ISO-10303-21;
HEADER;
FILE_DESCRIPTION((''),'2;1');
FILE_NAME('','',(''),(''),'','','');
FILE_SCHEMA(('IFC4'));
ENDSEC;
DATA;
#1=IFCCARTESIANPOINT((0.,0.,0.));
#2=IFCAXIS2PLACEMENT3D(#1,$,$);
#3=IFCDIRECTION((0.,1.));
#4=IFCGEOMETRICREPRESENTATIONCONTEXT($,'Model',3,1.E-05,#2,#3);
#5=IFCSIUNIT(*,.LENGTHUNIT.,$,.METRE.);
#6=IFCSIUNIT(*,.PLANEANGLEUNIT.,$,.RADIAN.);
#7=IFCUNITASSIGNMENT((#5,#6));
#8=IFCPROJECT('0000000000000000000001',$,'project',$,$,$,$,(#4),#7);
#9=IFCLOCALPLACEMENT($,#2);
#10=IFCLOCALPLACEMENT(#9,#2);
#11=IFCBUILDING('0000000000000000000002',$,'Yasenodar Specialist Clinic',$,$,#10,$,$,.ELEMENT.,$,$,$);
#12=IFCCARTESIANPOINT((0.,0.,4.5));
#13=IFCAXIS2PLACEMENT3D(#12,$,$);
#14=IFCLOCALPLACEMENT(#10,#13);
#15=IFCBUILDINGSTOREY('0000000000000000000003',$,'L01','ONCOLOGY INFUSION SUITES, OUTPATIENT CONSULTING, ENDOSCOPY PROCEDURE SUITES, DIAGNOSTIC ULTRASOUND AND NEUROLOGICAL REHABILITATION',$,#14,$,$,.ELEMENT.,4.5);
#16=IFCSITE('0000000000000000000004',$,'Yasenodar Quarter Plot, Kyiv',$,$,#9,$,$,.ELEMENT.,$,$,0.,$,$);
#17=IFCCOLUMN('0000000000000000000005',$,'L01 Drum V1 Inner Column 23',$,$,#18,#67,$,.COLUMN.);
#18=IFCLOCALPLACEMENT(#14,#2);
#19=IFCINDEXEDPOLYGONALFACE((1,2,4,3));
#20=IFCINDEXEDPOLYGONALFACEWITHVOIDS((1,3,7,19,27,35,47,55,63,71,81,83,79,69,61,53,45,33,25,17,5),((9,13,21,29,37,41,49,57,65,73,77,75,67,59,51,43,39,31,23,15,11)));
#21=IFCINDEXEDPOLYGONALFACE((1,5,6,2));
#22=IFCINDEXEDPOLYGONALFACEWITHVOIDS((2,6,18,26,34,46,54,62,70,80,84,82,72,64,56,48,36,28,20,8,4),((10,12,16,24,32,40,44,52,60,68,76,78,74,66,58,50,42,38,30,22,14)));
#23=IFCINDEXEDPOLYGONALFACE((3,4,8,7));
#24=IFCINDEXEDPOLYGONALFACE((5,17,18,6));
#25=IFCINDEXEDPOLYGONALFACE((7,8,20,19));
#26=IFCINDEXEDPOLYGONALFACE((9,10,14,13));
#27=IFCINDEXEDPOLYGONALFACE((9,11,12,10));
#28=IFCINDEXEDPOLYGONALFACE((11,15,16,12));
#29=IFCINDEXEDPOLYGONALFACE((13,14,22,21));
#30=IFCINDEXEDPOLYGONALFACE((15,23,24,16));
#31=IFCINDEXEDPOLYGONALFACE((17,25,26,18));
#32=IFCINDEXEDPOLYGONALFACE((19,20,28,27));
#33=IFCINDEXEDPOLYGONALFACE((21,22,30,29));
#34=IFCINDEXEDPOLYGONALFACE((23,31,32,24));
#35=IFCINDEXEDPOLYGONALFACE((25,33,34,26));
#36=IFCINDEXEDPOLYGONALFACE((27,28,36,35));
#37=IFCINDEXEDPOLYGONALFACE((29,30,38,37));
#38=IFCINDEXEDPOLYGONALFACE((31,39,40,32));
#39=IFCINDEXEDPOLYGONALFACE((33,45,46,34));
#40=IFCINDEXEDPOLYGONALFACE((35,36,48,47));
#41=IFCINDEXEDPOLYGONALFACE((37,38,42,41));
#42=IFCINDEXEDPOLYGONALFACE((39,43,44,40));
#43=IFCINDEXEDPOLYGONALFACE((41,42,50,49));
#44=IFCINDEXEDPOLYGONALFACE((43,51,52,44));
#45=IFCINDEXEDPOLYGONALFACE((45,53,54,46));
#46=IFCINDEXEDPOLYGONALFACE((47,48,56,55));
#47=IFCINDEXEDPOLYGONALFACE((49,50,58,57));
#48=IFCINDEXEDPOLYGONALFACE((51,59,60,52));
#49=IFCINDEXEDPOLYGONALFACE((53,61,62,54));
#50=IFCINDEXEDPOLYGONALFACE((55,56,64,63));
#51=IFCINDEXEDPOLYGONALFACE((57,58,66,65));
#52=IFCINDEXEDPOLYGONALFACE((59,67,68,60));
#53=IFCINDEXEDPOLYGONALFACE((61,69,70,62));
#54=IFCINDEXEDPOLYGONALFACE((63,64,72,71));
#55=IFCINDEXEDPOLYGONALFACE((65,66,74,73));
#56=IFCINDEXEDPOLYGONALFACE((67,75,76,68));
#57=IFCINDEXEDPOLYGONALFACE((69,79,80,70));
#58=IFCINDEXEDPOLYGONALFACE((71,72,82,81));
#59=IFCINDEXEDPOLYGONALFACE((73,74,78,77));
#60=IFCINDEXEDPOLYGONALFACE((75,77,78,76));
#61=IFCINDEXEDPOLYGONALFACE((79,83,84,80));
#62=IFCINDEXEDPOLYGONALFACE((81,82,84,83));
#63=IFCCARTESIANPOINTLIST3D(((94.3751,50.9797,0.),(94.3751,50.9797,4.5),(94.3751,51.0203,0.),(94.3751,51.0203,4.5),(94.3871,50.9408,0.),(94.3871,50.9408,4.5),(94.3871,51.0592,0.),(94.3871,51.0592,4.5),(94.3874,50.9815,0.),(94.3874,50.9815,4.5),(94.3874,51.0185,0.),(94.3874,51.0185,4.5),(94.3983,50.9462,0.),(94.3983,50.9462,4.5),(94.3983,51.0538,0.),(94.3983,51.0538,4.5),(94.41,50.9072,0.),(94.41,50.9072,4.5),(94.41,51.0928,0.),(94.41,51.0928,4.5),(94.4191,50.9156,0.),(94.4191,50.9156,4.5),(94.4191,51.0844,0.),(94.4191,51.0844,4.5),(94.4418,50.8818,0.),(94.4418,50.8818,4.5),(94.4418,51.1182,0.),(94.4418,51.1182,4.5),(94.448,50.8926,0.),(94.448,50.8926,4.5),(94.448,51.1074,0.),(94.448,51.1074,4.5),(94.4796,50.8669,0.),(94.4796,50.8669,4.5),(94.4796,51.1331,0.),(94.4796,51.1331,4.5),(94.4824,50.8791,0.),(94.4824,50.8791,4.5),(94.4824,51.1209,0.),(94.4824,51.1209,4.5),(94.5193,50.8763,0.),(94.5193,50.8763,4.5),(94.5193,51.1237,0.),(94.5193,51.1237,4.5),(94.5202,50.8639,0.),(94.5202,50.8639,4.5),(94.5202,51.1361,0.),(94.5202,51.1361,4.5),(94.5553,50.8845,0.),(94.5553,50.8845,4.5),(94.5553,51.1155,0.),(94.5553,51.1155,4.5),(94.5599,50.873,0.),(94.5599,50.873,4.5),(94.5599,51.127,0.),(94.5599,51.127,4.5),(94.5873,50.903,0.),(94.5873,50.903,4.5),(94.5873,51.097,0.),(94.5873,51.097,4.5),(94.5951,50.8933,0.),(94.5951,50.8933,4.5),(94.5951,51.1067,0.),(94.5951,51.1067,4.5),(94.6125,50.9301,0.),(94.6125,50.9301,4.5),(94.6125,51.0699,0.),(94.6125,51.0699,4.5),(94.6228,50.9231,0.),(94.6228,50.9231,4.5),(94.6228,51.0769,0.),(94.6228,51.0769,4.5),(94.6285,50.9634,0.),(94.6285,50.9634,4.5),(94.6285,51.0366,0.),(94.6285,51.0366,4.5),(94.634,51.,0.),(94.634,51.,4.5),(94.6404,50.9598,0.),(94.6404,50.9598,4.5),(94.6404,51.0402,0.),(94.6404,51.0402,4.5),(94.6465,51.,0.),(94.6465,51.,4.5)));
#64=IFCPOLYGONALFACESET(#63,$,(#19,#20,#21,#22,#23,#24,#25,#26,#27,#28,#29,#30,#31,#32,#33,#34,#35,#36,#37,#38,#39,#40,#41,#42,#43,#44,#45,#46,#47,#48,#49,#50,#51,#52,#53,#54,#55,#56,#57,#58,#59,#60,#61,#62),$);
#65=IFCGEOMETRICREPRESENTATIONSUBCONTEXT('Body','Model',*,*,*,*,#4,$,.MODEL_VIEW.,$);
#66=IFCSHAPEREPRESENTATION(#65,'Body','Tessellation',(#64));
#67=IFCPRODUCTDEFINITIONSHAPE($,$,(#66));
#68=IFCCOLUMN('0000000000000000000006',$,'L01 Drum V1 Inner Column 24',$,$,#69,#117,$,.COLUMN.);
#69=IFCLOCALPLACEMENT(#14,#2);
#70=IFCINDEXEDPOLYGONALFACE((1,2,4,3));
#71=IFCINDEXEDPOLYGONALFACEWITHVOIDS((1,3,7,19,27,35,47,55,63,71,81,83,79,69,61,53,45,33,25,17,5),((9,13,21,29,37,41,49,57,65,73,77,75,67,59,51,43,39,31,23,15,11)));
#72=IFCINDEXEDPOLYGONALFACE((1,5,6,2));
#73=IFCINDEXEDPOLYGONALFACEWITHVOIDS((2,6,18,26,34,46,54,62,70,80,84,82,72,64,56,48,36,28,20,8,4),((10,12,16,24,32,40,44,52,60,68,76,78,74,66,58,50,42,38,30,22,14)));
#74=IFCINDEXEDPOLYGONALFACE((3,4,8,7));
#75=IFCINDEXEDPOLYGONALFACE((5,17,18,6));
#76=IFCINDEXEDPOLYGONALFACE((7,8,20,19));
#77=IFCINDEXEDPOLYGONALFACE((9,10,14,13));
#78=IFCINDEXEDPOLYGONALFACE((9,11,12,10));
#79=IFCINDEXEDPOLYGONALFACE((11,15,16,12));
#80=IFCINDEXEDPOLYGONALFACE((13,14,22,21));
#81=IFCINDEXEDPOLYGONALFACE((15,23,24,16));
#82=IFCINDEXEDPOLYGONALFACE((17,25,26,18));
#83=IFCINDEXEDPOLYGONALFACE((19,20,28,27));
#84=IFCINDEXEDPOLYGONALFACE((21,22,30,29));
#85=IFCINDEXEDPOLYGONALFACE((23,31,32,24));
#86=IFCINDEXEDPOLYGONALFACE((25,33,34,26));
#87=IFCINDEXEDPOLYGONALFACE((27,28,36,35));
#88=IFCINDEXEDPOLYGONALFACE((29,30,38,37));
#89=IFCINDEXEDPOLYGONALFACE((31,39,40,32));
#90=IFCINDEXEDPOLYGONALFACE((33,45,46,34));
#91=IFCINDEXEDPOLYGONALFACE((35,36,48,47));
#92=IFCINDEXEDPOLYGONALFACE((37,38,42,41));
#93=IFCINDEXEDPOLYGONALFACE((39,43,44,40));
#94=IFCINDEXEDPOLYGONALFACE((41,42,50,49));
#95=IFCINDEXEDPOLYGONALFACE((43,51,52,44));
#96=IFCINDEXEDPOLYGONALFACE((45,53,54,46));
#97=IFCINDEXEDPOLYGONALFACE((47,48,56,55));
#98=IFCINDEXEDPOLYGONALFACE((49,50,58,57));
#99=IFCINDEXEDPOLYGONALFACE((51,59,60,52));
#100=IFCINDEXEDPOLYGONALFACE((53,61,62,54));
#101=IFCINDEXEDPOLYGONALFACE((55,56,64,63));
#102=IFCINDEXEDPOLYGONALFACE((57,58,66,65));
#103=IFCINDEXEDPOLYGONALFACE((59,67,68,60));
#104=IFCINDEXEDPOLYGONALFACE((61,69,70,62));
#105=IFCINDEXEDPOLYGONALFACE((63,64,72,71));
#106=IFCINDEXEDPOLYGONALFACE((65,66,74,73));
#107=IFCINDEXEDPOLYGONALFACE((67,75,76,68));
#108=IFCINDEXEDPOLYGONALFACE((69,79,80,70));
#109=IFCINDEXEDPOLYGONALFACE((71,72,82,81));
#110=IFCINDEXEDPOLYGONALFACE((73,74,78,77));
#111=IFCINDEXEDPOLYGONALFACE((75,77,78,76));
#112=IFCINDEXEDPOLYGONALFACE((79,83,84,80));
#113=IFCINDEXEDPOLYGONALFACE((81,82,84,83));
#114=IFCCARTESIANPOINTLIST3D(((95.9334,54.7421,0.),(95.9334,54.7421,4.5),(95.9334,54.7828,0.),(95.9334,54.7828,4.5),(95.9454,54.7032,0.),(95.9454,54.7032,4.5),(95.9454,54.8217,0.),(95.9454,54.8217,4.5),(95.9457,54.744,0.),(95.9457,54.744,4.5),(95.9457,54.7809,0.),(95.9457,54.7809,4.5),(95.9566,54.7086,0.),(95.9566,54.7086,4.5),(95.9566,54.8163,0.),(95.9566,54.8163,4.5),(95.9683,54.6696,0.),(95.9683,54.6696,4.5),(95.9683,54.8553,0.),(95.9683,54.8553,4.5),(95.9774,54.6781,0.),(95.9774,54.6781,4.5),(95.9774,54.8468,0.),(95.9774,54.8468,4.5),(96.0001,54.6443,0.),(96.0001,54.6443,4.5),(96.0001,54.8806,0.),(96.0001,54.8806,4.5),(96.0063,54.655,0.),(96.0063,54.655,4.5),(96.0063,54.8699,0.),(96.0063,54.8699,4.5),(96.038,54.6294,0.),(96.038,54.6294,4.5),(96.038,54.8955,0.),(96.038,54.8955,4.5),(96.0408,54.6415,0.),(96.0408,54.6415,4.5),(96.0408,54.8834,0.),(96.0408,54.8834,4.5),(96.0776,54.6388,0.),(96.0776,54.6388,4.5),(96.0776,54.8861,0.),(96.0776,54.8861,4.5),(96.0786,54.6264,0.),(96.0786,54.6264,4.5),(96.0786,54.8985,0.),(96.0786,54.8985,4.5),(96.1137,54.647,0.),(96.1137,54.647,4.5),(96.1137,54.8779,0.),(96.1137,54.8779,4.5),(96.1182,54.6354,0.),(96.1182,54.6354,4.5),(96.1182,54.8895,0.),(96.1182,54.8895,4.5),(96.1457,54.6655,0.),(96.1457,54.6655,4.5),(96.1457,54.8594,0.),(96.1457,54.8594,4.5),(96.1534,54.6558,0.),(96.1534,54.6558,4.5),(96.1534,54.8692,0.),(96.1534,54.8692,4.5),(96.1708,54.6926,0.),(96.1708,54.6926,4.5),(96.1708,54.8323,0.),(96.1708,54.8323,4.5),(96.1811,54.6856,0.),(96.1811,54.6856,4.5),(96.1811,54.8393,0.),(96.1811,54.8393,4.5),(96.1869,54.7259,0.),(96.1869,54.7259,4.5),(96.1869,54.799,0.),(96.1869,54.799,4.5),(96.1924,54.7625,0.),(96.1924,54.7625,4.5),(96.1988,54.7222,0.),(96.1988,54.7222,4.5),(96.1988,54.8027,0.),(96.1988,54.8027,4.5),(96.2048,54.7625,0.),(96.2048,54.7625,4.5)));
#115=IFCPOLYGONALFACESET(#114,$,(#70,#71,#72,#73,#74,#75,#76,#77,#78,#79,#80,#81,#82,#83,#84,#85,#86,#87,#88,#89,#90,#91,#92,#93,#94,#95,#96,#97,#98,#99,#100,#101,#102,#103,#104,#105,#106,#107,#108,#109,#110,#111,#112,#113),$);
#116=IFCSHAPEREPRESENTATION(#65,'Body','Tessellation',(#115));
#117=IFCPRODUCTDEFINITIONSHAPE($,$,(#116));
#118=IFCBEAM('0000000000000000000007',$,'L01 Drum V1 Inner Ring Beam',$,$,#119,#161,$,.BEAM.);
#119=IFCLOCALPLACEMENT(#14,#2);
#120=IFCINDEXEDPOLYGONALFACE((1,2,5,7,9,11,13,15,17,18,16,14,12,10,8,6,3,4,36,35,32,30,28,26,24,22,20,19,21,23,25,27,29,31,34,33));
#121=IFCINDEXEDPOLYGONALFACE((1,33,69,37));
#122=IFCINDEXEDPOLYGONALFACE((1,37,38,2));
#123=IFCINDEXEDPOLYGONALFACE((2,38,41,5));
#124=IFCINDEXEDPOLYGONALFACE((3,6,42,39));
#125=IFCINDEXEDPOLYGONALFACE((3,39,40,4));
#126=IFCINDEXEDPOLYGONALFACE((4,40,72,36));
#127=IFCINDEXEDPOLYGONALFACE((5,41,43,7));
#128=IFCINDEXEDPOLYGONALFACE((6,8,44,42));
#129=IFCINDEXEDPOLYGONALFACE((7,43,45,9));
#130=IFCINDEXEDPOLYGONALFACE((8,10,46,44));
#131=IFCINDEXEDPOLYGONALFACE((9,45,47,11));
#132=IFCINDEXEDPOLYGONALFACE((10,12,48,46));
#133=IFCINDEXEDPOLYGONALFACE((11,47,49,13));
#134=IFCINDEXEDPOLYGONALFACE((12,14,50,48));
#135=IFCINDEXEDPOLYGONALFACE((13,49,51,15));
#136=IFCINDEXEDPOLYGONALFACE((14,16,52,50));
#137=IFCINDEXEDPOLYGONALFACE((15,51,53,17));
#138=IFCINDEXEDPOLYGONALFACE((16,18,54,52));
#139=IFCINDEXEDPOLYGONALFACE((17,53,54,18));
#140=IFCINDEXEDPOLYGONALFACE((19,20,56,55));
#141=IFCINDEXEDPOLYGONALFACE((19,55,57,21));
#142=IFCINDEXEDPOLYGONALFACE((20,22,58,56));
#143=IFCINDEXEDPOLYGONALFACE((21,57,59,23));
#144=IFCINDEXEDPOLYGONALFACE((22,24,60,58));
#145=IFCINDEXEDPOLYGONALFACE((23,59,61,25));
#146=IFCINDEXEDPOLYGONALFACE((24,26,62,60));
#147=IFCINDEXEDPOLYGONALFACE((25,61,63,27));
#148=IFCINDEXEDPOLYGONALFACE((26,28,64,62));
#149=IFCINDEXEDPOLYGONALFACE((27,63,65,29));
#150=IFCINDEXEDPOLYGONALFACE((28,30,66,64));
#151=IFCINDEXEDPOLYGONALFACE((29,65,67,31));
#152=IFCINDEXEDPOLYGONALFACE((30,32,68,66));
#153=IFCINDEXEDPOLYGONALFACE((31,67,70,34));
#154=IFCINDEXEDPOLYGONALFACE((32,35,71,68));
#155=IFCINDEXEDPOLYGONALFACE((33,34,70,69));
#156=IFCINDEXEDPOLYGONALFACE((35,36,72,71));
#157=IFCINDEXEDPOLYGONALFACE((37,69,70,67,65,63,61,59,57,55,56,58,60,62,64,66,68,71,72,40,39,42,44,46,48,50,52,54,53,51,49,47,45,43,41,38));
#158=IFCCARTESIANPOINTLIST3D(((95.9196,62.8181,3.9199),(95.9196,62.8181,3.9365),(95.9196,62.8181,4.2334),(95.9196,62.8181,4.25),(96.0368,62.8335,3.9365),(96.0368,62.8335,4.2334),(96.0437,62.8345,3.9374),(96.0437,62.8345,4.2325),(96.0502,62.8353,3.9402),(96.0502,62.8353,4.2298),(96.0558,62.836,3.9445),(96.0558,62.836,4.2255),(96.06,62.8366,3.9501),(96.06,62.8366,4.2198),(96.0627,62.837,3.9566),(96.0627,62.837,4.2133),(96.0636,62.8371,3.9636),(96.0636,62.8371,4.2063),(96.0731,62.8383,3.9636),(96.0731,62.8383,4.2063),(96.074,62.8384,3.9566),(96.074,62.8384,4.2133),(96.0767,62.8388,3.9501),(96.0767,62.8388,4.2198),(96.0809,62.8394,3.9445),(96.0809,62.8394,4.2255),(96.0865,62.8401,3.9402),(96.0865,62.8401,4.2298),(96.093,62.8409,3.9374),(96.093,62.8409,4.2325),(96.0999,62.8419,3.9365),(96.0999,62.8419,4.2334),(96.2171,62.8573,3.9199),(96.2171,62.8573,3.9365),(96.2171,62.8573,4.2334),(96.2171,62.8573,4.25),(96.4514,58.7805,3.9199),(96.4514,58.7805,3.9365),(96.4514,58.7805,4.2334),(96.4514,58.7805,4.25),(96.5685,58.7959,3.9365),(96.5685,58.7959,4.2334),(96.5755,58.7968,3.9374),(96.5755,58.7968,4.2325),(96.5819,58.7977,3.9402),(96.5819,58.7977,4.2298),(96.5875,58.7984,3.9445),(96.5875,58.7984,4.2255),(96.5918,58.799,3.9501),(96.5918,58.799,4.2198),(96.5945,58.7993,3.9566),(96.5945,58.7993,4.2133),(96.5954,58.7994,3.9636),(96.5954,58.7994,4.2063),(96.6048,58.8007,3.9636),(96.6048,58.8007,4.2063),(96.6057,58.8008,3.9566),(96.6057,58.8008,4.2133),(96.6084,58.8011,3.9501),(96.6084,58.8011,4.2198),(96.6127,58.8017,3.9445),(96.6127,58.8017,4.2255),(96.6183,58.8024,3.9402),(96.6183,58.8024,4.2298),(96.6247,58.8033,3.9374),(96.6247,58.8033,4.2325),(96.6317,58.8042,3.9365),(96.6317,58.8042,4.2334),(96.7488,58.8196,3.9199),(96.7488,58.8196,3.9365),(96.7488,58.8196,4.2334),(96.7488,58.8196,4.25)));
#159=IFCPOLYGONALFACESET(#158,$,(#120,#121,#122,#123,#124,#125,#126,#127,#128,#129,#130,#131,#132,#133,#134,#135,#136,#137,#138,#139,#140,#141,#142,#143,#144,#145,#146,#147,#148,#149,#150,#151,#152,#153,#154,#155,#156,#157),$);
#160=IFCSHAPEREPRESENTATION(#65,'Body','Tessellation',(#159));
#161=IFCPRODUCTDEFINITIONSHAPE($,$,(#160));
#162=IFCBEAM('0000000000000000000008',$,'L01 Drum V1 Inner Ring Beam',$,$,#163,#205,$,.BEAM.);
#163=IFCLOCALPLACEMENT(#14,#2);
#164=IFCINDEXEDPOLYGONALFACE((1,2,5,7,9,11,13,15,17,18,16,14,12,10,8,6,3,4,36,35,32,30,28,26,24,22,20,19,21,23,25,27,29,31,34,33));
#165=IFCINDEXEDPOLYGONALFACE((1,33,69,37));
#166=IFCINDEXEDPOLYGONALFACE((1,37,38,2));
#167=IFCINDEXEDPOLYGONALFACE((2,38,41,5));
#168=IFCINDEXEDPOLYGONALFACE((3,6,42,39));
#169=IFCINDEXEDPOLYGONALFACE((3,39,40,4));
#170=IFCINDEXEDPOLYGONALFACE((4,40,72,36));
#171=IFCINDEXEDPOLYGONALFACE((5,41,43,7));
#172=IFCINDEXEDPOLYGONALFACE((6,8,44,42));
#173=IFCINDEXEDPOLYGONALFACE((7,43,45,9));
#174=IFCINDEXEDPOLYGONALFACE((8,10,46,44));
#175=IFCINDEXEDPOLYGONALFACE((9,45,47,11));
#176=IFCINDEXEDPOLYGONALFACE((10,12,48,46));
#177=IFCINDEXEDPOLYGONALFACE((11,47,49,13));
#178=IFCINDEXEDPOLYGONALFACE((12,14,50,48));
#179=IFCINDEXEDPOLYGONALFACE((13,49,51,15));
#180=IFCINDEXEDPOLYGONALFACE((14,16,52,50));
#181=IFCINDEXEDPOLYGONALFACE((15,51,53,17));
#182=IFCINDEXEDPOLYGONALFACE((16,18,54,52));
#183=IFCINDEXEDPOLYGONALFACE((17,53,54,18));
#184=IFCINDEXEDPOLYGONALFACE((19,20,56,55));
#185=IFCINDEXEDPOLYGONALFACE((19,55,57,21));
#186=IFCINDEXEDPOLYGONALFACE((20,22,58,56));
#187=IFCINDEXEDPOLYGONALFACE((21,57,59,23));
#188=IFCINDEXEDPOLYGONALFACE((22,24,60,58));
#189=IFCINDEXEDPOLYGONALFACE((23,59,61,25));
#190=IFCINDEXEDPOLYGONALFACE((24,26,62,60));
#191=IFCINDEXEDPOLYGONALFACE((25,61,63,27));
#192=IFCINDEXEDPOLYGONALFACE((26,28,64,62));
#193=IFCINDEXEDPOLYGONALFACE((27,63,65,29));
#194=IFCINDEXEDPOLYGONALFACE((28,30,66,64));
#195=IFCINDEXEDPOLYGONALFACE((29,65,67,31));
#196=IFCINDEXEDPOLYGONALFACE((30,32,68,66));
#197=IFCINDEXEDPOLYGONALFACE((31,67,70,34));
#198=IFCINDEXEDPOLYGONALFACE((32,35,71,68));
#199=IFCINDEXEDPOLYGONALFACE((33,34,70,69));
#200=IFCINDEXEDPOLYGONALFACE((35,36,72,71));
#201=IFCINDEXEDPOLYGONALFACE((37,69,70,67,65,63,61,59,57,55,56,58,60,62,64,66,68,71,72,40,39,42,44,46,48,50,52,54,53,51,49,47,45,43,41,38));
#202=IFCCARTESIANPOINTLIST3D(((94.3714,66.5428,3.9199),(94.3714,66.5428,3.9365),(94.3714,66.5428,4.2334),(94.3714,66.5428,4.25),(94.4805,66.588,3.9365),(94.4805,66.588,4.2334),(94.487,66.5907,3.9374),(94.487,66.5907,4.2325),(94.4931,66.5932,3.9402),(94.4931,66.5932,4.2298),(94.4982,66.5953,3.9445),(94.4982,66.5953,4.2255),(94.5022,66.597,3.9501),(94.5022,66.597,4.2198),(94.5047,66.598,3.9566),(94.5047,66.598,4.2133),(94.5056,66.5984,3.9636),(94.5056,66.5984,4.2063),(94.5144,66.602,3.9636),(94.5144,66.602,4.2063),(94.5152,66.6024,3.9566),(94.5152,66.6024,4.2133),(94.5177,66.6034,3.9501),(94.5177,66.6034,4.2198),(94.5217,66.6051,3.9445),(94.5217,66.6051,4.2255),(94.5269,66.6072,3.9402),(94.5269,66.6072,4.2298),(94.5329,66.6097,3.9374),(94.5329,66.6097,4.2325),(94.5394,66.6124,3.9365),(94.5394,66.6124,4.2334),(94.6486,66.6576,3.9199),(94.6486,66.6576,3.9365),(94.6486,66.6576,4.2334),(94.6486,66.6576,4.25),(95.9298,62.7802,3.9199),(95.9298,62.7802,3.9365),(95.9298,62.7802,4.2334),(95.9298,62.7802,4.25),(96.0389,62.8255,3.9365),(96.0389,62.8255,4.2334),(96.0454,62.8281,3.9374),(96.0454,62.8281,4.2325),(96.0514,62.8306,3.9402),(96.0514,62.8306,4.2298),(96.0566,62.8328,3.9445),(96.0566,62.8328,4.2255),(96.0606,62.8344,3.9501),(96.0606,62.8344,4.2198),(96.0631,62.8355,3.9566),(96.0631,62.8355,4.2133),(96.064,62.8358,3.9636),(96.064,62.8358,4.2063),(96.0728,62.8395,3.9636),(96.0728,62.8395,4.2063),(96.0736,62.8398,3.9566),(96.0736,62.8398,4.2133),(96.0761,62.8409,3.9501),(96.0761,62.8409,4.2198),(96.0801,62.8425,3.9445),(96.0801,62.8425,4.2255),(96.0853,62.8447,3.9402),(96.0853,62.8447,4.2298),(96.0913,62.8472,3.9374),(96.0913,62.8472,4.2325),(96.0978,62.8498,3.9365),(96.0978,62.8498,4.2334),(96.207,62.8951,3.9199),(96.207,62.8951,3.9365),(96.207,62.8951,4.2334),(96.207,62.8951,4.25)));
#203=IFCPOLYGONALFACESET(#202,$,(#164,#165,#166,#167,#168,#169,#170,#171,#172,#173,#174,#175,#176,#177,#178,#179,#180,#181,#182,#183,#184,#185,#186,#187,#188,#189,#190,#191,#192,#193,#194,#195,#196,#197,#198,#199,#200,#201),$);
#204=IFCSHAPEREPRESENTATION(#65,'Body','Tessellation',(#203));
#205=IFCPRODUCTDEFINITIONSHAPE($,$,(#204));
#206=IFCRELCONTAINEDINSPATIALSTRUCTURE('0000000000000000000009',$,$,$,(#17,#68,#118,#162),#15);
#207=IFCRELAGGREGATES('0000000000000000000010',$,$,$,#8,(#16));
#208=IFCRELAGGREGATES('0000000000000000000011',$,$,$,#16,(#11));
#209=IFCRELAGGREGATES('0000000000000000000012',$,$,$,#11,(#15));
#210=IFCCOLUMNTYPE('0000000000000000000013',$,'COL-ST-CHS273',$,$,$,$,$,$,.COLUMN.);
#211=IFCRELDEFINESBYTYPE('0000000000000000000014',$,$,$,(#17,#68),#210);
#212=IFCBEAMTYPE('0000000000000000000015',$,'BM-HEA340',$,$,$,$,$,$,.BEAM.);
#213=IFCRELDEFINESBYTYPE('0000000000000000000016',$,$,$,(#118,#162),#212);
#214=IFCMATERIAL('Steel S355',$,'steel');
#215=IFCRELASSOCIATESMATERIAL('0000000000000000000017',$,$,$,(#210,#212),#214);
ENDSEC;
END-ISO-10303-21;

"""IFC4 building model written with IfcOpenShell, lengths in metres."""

from ifc_helpers import new_model, si_unit, direction, frame, origin, origin_2d, place, context, subcontext, project, spatial, hollow_circle, i_section, extrude, material, material_profile, profile_set, type_object, element, save


model = new_model("IFC4")

# Units and contexts
model_context = context("Model", 3, precision=1e-05, world=origin(), true_north=direction((0.0, 1.0)))
body_context = subcontext(model_context, "Body", "Model", "MODEL_VIEW")
ifc_project = project(units=[si_unit("LENGTHUNIT", "METRE"), si_unit("PLANEANGLEUNIT", "RADIAN")], contexts=[model_context])

# Site, building, storey
site_placement = place(None, origin())
site = spatial("IfcSite", under=ifc_project, at=site_placement, Name="Yasenodar Quarter Plot, Kyiv", CompositionType="ELEMENT", RefElevation=0.0)
building_placement = place(site_placement, origin())
building = spatial("IfcBuilding", under=site, at=building_placement, Name="Yasenodar Specialist Clinic", CompositionType="ELEMENT")
storey_placement = place(building_placement, frame((0.0, 0.0, 4.5)))
storey = spatial("IfcBuildingStorey", under=building, at=storey_placement, Name="L01", Description="ONCOLOGY INFUSION SUITES, OUTPATIENT CONSULTING, ENDOSCOPY PROCEDURE SUITES, DIAGNOSTIC ULTRASOUND AND NEUROLOGICAL REHABILITATION", CompositionType="ELEMENT", Elevation=4.5)

# Columns
ifc_material_1 = material(Name="Steel S355", Category="steel")
ifc_material_profile_1 = material_profile(ifc_material_1, hollow_circle(Radius=0.1365, WallThickness=0.0125, at=origin_2d()), Name="CHS 273x12.5")
ifc_profile_set_1 = profile_set([ifc_material_profile_1], Name="Steel S355")
column_type = type_object("IfcColumnType", Name="COL-ST-CHS273", PredefinedType="COLUMN", material=ifc_profile_set_1)
for number, where, z_axis, x_axis, name in (
    (1, (94.51, 51.0, 0.0), (0.0, 0.0, 1.0), (1.0, 0.0, 0.0), "L01 Drum V1 Inner Column 23"),
    (2, (96.0684, 54.7625, 0.0), (0.0, 0.0, 1.0), (1.0, 0.0, 0.0), "L01 Drum V1 Inner Column 24"),
):
    element("IfcColumn", number, at=place(storey_placement, frame(where, z_axis=z_axis, x_axis=x_axis)), inside=storey, type_object=column_type, Name=name, PredefinedType="COLUMN", context=body_context, shape_type="SweptSolid", body=[
        extrude(hollow_circle(Radius=0.1365, WallThickness=0.0125, at=origin_2d()), origin(), (0.0, 0.0, 1.0), 4.5),
    ])

# Beams
ifc_material_profile_2 = material_profile(ifc_material_1, i_section(OverallWidth=0.3, OverallDepth=0.3301, WebThickness=0.0095, FlangeThickness=0.0166, FilletRadius=0.0271, at=origin_2d()), Name="HEA 340")
ifc_profile_set_2 = profile_set([ifc_material_profile_2], Name="Steel S355")
beam_type_1 = type_object("IfcBeamType", Name="BM-HEA340", PredefinedType="BEAM", material=ifc_profile_set_2)
for number, where, z_axis, x_axis, name in (
    (3, (96.6001, 58.8, 4.085), (-0.130569, 0.991439, 0.0), (-0.991439, -0.130569, 0.0), "L01 Drum V1 Inner Ring Beam"),
    (4, (96.0684, 62.8376, 4.085), (-0.382661, 0.923889, 0.0), (-0.923889, -0.382661, 0.0), "L01 Drum V1 Inner Ring Beam"),
):
    element("IfcBeam", number, at=place(storey_placement, frame(where, z_axis=z_axis, x_axis=x_axis)), inside=storey, type_object=beam_type_1, Name=name, PredefinedType="BEAM", context=body_context, shape_type="SweptSolid", body=[
        extrude(i_section(OverallWidth=0.3, OverallDepth=0.3301, WebThickness=0.0095, FlangeThickness=0.0166, FilletRadius=0.0271, at=origin_2d()), origin(), (0.0, 0.0, 1.0), 4.0725),
    ])

save(model, "model.ifc")
